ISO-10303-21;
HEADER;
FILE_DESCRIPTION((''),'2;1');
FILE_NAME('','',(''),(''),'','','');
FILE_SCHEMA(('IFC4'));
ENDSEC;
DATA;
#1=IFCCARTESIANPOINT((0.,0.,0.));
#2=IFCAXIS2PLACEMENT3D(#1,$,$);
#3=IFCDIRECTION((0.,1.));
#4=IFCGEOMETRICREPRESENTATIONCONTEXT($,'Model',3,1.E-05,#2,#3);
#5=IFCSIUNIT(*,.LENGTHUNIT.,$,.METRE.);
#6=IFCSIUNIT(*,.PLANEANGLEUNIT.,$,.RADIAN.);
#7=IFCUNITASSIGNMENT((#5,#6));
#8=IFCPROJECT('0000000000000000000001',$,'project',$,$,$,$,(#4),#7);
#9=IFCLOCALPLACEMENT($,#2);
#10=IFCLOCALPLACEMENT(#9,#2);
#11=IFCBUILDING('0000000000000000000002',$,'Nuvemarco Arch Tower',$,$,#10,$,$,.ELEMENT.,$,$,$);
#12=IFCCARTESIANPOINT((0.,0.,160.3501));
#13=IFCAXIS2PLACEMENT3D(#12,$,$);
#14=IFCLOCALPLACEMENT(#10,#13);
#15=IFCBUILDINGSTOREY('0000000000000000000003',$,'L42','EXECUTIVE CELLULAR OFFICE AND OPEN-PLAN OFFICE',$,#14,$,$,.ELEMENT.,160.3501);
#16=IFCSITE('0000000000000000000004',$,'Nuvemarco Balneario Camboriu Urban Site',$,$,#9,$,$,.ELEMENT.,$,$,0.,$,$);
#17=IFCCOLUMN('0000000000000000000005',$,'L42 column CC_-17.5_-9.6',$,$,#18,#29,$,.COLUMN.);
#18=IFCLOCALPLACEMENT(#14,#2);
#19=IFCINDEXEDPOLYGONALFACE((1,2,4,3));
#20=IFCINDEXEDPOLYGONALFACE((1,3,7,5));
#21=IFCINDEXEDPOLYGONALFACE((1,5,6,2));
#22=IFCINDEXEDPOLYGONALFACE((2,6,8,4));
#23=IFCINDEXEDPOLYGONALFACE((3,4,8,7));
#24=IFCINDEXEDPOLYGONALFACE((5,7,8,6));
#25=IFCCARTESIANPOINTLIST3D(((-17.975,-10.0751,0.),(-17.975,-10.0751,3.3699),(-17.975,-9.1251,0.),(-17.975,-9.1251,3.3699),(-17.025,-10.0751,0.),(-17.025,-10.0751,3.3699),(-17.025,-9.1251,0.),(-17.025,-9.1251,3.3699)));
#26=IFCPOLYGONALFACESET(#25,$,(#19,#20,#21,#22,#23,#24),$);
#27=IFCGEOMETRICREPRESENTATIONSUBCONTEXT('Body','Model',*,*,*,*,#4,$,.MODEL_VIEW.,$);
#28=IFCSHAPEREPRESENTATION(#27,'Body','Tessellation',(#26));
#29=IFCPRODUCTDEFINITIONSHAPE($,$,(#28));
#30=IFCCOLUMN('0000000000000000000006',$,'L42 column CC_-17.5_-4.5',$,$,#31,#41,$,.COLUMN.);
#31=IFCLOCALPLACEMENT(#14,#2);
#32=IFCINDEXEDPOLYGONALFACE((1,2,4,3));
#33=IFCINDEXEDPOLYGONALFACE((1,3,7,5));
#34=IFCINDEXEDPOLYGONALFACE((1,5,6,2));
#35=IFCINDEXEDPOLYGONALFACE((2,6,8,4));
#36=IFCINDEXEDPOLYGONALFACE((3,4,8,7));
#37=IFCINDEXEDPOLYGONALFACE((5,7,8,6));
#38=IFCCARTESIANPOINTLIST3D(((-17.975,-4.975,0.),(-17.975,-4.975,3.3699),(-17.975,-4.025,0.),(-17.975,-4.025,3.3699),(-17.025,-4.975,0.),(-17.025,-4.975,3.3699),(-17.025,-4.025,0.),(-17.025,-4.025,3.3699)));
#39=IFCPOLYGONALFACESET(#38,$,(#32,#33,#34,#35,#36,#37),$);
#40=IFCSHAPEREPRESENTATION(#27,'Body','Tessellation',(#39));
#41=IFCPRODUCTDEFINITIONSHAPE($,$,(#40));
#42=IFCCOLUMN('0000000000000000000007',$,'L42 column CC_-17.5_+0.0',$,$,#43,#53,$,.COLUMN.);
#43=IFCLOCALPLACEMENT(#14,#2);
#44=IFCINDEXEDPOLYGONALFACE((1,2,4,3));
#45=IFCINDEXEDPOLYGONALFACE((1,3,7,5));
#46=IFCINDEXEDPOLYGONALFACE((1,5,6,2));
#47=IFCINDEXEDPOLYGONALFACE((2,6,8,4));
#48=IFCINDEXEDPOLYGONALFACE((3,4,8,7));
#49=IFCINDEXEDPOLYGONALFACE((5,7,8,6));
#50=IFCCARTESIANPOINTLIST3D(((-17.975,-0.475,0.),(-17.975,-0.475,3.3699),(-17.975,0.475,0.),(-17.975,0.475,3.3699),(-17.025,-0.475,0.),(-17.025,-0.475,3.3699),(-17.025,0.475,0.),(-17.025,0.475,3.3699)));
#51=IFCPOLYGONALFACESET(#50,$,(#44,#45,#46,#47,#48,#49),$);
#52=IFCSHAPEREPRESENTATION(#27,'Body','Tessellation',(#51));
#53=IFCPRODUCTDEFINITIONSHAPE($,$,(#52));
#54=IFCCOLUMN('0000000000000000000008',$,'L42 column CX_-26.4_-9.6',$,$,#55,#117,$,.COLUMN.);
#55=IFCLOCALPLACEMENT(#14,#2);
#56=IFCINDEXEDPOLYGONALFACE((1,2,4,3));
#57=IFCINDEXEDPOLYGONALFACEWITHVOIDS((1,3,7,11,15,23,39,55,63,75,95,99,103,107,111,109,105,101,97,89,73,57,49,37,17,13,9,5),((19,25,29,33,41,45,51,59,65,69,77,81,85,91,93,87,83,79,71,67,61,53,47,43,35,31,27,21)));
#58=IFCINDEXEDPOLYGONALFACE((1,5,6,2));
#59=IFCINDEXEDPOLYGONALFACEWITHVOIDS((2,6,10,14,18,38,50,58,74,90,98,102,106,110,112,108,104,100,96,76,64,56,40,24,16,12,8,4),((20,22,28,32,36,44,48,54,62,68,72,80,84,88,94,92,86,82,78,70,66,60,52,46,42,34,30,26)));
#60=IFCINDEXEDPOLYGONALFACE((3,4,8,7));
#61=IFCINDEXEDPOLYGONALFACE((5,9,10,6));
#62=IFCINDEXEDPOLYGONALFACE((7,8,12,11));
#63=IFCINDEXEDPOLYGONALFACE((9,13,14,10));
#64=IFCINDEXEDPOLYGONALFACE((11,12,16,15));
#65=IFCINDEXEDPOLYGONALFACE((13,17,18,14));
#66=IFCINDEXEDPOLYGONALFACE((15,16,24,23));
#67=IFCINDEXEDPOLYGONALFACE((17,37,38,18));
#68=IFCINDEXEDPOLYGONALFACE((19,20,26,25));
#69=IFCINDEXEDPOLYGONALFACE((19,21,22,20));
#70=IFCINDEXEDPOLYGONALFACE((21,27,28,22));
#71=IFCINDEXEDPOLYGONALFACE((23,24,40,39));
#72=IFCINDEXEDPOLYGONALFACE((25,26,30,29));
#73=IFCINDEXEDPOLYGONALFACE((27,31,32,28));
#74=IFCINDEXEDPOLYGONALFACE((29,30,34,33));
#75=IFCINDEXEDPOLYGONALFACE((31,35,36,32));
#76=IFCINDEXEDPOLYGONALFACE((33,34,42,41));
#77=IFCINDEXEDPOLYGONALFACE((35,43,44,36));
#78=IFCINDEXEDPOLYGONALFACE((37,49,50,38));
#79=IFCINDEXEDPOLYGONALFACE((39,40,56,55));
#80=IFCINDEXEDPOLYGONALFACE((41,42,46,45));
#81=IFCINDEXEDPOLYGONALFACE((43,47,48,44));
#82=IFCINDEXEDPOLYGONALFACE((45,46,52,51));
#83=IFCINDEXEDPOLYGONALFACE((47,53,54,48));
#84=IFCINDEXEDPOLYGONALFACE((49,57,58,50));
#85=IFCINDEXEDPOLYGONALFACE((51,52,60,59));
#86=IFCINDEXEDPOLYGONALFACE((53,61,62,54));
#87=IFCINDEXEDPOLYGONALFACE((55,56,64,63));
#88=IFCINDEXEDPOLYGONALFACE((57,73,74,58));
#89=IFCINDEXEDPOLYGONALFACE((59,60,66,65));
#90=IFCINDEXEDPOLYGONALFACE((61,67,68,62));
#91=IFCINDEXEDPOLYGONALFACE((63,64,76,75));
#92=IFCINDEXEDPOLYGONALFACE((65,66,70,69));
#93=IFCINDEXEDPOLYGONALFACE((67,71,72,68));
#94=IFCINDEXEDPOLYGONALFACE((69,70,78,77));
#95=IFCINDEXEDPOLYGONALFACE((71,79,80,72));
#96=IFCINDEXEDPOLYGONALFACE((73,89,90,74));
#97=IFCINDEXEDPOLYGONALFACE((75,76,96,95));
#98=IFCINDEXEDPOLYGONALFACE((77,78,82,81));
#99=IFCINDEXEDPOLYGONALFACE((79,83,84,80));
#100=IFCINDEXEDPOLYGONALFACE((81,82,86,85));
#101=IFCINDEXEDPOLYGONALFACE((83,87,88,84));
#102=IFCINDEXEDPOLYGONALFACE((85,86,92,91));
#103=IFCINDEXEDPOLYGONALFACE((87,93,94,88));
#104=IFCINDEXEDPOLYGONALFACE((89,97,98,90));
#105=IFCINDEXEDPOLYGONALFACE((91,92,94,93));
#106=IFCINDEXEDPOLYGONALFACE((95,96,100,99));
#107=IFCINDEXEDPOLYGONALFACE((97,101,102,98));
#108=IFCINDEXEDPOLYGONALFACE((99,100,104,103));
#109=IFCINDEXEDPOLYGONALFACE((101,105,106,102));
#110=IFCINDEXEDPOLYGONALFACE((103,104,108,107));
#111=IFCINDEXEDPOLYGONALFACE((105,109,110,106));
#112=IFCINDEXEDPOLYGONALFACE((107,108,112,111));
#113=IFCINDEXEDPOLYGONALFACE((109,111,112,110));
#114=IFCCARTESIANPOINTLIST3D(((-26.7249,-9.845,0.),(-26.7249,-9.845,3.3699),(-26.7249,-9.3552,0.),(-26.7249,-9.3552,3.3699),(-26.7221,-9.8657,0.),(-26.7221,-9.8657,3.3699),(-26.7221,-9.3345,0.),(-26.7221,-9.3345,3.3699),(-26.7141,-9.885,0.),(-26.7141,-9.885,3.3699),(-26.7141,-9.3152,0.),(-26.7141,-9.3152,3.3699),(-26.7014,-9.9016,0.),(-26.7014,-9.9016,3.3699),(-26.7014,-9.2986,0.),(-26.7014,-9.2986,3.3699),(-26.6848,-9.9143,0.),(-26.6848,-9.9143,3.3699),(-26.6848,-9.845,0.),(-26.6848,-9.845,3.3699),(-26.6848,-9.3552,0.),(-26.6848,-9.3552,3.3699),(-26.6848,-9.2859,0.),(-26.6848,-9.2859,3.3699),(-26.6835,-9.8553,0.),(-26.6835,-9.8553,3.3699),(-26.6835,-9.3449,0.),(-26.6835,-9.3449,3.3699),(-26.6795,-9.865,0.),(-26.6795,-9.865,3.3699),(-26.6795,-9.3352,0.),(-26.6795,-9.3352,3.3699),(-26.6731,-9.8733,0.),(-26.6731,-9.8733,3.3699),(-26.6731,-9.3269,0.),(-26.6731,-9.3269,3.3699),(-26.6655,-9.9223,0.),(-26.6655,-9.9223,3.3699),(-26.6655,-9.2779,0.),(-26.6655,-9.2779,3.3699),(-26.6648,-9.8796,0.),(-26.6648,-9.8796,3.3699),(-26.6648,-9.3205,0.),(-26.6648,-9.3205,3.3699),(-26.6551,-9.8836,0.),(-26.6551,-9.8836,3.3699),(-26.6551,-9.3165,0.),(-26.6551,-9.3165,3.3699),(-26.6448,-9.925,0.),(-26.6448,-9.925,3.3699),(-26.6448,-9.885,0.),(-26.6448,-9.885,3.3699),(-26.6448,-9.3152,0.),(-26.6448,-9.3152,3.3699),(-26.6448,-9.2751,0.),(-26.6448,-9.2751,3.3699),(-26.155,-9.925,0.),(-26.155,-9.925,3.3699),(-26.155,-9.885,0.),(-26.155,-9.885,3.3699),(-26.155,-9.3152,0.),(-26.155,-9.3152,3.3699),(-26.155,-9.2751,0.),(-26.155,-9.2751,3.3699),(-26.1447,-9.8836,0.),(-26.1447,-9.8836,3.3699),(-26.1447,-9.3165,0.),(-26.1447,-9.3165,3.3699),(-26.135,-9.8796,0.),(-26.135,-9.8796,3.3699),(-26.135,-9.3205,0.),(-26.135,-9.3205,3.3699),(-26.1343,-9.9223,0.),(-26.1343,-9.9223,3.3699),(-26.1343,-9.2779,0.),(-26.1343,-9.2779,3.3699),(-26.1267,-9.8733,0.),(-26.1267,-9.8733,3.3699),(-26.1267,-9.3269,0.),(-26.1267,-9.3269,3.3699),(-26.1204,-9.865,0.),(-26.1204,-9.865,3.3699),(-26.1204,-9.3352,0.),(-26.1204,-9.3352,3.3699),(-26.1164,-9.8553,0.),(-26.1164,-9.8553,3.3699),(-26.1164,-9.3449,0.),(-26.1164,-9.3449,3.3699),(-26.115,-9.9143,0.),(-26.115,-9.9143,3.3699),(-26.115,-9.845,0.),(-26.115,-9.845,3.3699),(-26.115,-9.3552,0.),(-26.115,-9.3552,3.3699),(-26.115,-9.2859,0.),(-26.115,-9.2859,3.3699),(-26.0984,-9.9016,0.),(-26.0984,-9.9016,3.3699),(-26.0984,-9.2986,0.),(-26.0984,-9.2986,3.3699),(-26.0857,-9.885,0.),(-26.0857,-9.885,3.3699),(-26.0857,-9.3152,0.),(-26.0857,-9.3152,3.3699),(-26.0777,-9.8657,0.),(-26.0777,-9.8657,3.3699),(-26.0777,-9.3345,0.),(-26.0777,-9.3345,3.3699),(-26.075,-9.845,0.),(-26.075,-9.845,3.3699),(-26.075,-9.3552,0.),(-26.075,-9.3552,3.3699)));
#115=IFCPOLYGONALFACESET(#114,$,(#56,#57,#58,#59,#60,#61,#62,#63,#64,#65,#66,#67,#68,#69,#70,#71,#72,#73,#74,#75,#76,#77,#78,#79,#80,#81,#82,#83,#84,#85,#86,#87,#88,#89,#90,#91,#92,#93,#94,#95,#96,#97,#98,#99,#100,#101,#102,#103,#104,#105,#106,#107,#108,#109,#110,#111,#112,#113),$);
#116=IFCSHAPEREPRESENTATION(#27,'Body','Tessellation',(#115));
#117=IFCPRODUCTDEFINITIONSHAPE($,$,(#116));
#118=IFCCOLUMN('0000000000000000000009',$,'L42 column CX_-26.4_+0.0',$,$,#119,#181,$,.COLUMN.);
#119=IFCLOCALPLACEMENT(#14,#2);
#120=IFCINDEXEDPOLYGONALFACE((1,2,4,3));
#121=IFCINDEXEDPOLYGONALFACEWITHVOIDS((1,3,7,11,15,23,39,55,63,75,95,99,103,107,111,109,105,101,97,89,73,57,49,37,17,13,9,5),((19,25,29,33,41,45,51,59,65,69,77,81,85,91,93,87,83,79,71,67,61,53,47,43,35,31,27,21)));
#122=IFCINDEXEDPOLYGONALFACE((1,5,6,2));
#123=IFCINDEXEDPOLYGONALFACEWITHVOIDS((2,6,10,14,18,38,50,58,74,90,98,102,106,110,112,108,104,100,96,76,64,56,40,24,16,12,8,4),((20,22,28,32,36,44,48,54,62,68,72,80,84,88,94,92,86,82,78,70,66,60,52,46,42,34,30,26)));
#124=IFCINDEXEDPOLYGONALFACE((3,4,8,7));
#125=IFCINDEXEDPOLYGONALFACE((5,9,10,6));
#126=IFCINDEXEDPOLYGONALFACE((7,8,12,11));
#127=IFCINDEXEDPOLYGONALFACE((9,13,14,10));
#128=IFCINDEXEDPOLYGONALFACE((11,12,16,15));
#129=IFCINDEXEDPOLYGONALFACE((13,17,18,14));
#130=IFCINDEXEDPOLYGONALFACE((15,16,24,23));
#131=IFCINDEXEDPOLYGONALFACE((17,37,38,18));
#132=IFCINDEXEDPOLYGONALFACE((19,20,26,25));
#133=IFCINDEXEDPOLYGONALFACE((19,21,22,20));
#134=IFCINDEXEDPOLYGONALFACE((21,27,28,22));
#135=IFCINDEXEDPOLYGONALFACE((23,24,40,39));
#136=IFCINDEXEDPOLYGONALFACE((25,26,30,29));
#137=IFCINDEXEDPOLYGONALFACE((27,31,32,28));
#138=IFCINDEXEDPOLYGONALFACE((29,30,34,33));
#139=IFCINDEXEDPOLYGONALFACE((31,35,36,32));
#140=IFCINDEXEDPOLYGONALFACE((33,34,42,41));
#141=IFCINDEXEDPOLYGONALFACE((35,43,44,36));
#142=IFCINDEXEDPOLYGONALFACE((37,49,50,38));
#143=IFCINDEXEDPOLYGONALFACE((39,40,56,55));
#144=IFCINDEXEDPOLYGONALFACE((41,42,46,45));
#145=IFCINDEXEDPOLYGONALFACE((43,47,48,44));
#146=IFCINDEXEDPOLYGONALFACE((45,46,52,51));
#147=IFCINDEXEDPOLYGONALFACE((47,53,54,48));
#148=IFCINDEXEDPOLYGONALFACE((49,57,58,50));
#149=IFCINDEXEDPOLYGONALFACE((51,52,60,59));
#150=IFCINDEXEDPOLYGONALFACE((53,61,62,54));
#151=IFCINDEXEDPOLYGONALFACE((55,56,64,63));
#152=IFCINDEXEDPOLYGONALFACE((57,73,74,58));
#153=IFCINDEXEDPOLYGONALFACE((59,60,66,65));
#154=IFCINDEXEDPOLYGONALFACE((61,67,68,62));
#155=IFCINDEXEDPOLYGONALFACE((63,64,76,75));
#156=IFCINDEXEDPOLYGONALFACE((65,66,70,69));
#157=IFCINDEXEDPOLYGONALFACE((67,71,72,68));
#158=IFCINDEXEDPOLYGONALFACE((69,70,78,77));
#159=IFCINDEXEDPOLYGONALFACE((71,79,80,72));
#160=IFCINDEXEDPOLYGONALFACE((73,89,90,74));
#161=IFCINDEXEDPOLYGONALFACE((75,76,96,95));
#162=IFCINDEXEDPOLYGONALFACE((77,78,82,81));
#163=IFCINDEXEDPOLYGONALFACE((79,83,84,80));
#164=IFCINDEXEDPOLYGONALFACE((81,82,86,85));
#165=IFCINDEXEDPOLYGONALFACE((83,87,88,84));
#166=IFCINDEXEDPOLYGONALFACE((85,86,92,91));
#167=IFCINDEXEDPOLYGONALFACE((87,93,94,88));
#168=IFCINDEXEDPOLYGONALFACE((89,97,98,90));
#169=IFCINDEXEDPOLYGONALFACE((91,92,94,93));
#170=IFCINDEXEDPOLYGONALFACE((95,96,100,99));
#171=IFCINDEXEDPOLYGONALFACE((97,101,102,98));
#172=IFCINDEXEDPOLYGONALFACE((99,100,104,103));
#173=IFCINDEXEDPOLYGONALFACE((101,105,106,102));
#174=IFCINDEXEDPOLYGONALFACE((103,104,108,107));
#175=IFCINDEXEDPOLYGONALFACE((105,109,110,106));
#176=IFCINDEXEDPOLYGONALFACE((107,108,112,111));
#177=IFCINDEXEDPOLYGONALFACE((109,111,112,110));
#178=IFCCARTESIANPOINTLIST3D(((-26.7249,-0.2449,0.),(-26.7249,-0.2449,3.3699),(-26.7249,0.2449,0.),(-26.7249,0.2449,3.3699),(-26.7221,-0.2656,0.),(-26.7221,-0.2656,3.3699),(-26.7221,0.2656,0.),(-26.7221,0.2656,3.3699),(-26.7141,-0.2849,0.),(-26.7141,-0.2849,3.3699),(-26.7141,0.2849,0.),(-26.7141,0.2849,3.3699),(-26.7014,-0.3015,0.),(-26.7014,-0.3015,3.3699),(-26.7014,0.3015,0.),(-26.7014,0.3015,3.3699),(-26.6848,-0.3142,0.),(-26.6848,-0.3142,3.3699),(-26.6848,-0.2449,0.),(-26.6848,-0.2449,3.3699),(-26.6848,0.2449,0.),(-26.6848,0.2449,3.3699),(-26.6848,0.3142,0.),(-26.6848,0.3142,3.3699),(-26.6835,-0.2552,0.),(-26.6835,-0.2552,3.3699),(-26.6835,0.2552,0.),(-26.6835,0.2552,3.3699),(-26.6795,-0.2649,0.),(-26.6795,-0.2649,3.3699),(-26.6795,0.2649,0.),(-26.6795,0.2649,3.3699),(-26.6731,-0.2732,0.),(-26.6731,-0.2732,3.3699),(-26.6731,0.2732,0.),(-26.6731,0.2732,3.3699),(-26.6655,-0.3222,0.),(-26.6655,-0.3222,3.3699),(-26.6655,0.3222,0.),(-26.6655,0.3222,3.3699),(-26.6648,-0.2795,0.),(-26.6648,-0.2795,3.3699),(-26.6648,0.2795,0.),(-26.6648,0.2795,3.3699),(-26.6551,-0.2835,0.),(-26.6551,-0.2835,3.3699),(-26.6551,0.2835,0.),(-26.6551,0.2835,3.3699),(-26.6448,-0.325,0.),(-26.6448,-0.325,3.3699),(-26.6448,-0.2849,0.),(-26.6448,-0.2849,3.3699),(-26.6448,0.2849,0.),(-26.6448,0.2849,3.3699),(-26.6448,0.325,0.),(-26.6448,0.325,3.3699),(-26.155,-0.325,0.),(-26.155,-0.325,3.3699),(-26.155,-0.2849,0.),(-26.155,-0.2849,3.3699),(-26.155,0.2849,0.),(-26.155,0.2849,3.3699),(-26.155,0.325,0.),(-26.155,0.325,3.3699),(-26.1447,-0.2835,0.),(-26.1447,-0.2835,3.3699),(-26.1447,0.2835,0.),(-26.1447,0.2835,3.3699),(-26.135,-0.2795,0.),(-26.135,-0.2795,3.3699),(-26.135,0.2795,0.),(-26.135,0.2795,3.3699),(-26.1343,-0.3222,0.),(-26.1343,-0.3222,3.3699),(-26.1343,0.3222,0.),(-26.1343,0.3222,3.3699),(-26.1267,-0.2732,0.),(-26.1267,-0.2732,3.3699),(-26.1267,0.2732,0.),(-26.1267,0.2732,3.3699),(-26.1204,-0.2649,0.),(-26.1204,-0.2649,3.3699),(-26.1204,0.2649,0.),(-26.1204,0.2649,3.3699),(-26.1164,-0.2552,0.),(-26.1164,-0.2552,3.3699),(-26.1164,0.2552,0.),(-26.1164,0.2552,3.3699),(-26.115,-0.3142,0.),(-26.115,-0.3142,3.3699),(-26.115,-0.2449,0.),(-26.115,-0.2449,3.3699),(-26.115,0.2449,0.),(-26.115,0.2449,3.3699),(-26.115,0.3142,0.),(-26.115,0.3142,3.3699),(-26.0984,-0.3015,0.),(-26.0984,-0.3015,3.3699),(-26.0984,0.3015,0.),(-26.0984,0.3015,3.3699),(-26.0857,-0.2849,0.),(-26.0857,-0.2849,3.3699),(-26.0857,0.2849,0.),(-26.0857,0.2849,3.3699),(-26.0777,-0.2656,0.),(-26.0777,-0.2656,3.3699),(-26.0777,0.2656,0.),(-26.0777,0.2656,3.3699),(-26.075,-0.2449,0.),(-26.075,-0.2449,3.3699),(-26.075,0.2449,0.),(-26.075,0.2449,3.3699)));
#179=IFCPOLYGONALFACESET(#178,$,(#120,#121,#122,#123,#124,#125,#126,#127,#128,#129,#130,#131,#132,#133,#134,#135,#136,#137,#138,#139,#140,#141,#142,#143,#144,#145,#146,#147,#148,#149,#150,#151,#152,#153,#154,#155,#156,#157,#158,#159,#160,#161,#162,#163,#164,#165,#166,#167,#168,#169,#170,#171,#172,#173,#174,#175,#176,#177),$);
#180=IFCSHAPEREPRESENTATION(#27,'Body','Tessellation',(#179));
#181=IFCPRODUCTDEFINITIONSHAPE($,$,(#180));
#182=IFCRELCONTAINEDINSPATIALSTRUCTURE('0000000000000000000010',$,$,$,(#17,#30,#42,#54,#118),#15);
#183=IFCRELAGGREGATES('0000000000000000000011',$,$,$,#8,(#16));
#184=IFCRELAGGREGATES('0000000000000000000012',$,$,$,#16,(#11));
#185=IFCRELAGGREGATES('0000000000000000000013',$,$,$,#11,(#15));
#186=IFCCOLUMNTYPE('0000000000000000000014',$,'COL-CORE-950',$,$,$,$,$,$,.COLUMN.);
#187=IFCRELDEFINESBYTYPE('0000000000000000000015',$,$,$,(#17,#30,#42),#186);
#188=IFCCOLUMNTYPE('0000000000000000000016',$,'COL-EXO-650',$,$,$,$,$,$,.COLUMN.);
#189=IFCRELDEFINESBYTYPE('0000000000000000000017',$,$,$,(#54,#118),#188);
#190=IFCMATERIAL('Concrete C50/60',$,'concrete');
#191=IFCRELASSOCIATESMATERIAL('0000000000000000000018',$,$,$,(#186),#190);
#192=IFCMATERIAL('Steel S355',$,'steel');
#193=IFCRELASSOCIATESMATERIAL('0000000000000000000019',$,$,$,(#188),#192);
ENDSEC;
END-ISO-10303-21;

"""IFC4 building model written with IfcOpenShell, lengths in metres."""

from ifc_helpers import new_model, si_unit, direction, frame, origin, origin_2d, place, context, subcontext, project, spatial, rectangle, hollow_rectangle, extrude, material, material_profile, profile_set, type_object, element, save


model = new_model("IFC4")

# Units and contexts
model_context = context("Model", 3, precision=1e-05, world=origin(), true_north=direction((0.0, 1.0)))
body_context = subcontext(model_context, "Body", "Model", "MODEL_VIEW")
ifc_project = project(units=[si_unit("LENGTHUNIT", "METRE"), si_unit("PLANEANGLEUNIT", "RADIAN")], contexts=[model_context])

# Site, building, storey
site_placement = place(None, origin())
site = spatial("IfcSite", under=ifc_project, at=site_placement, Name="Nuvemarco Balneario Camboriu Urban Site", CompositionType="ELEMENT", RefElevation=0.0)
building_placement = place(site_placement, origin())
building = spatial("IfcBuilding", under=site, at=building_placement, Name="Nuvemarco Arch Tower", CompositionType="ELEMENT")
storey_placement = place(building_placement, frame((0.0, 0.0, 160.3501)))
storey = spatial("IfcBuildingStorey", under=building, at=storey_placement, Name="L42", Description="EXECUTIVE CELLULAR OFFICE AND OPEN-PLAN OFFICE", CompositionType="ELEMENT", Elevation=160.3501)

# Columns
ifc_material_1 = material(Name="Concrete C50/60", Category="concrete")
ifc_material_profile_1 = material_profile(ifc_material_1, rectangle(XDim=0.95, YDim=0.95, at=origin_2d()), Name="RC-COL-950x950")
ifc_profile_set_1 = profile_set([ifc_material_profile_1], Name="Concrete C50/60")
column_type_1 = type_object("IfcColumnType", Name="COL-CORE-950", PredefinedType="COLUMN", material=ifc_profile_set_1)
for number, where, z_axis, x_axis, name in (
    (1, (-17.5, -9.6001, 0.0), (0.0, 0.0, 1.0), (1.0, 0.0, 0.0), "L42 column CC_-17.5_-9.6"),
    (2, (-17.5, -4.5, 0.0), (0.0, 0.0, 1.0), (1.0, 0.0, 0.0), "L42 column CC_-17.5_-4.5"),
    (3, (-17.5, 0.0, 0.0), (0.0, 0.0, 1.0), (1.0, 0.0, 0.0), "L42 column CC_-17.5_+0.0"),
):
    element("IfcColumn", number, at=place(storey_placement, frame(where, z_axis=z_axis, x_axis=x_axis)), inside=storey, type_object=column_type_1, Name=name, PredefinedType="COLUMN", context=body_context, shape_type="SweptSolid", body=[
        extrude(rectangle(XDim=0.95, YDim=0.95, at=origin_2d()), origin(), (0.0, 0.0, 1.0), 3.3699),
    ])
ifc_material_2 = material(Name="Steel S355", Category="steel")
ifc_material_profile_2 = material_profile(ifc_material_2, hollow_rectangle(XDim=0.6499, YDim=0.6499, WallThickness=0.04, InnerFilletRadius=0.04, OuterFilletRadius=0.0801, at=origin_2d()), Name="SHS650x650x40")
ifc_profile_set_2 = profile_set([ifc_material_profile_2], Name="Steel S355")
column_type_2 = type_object("IfcColumnType", Name="COL-EXO-650", PredefinedType="COLUMN", material=ifc_profile_set_2)
for number, where, z_axis, x_axis, name in (
    (4, (-26.3999, -9.6001, 0.0), (0.0, 0.0, 1.0), (1.0, 0.0, 0.0), "L42 column CX_-26.4_-9.6"),
    (5, (-26.3999, 0.0, 0.0), (0.0, 0.0, 1.0), (1.0, 0.0, 0.0), "L42 column CX_-26.4_+0.0"),
):
    element("IfcColumn", number, at=place(storey_placement, frame(where, z_axis=z_axis, x_axis=x_axis)), inside=storey, type_object=column_type_2, Name=name, PredefinedType="COLUMN", context=body_context, shape_type="SweptSolid", body=[
        extrude(hollow_rectangle(XDim=0.6499, YDim=0.6499, WallThickness=0.04, InnerFilletRadius=0.04, OuterFilletRadius=0.0801, at=origin_2d()), origin(), (0.0, 0.0, 1.0), 3.3699),
    ])

save(model, "model.ifc")
